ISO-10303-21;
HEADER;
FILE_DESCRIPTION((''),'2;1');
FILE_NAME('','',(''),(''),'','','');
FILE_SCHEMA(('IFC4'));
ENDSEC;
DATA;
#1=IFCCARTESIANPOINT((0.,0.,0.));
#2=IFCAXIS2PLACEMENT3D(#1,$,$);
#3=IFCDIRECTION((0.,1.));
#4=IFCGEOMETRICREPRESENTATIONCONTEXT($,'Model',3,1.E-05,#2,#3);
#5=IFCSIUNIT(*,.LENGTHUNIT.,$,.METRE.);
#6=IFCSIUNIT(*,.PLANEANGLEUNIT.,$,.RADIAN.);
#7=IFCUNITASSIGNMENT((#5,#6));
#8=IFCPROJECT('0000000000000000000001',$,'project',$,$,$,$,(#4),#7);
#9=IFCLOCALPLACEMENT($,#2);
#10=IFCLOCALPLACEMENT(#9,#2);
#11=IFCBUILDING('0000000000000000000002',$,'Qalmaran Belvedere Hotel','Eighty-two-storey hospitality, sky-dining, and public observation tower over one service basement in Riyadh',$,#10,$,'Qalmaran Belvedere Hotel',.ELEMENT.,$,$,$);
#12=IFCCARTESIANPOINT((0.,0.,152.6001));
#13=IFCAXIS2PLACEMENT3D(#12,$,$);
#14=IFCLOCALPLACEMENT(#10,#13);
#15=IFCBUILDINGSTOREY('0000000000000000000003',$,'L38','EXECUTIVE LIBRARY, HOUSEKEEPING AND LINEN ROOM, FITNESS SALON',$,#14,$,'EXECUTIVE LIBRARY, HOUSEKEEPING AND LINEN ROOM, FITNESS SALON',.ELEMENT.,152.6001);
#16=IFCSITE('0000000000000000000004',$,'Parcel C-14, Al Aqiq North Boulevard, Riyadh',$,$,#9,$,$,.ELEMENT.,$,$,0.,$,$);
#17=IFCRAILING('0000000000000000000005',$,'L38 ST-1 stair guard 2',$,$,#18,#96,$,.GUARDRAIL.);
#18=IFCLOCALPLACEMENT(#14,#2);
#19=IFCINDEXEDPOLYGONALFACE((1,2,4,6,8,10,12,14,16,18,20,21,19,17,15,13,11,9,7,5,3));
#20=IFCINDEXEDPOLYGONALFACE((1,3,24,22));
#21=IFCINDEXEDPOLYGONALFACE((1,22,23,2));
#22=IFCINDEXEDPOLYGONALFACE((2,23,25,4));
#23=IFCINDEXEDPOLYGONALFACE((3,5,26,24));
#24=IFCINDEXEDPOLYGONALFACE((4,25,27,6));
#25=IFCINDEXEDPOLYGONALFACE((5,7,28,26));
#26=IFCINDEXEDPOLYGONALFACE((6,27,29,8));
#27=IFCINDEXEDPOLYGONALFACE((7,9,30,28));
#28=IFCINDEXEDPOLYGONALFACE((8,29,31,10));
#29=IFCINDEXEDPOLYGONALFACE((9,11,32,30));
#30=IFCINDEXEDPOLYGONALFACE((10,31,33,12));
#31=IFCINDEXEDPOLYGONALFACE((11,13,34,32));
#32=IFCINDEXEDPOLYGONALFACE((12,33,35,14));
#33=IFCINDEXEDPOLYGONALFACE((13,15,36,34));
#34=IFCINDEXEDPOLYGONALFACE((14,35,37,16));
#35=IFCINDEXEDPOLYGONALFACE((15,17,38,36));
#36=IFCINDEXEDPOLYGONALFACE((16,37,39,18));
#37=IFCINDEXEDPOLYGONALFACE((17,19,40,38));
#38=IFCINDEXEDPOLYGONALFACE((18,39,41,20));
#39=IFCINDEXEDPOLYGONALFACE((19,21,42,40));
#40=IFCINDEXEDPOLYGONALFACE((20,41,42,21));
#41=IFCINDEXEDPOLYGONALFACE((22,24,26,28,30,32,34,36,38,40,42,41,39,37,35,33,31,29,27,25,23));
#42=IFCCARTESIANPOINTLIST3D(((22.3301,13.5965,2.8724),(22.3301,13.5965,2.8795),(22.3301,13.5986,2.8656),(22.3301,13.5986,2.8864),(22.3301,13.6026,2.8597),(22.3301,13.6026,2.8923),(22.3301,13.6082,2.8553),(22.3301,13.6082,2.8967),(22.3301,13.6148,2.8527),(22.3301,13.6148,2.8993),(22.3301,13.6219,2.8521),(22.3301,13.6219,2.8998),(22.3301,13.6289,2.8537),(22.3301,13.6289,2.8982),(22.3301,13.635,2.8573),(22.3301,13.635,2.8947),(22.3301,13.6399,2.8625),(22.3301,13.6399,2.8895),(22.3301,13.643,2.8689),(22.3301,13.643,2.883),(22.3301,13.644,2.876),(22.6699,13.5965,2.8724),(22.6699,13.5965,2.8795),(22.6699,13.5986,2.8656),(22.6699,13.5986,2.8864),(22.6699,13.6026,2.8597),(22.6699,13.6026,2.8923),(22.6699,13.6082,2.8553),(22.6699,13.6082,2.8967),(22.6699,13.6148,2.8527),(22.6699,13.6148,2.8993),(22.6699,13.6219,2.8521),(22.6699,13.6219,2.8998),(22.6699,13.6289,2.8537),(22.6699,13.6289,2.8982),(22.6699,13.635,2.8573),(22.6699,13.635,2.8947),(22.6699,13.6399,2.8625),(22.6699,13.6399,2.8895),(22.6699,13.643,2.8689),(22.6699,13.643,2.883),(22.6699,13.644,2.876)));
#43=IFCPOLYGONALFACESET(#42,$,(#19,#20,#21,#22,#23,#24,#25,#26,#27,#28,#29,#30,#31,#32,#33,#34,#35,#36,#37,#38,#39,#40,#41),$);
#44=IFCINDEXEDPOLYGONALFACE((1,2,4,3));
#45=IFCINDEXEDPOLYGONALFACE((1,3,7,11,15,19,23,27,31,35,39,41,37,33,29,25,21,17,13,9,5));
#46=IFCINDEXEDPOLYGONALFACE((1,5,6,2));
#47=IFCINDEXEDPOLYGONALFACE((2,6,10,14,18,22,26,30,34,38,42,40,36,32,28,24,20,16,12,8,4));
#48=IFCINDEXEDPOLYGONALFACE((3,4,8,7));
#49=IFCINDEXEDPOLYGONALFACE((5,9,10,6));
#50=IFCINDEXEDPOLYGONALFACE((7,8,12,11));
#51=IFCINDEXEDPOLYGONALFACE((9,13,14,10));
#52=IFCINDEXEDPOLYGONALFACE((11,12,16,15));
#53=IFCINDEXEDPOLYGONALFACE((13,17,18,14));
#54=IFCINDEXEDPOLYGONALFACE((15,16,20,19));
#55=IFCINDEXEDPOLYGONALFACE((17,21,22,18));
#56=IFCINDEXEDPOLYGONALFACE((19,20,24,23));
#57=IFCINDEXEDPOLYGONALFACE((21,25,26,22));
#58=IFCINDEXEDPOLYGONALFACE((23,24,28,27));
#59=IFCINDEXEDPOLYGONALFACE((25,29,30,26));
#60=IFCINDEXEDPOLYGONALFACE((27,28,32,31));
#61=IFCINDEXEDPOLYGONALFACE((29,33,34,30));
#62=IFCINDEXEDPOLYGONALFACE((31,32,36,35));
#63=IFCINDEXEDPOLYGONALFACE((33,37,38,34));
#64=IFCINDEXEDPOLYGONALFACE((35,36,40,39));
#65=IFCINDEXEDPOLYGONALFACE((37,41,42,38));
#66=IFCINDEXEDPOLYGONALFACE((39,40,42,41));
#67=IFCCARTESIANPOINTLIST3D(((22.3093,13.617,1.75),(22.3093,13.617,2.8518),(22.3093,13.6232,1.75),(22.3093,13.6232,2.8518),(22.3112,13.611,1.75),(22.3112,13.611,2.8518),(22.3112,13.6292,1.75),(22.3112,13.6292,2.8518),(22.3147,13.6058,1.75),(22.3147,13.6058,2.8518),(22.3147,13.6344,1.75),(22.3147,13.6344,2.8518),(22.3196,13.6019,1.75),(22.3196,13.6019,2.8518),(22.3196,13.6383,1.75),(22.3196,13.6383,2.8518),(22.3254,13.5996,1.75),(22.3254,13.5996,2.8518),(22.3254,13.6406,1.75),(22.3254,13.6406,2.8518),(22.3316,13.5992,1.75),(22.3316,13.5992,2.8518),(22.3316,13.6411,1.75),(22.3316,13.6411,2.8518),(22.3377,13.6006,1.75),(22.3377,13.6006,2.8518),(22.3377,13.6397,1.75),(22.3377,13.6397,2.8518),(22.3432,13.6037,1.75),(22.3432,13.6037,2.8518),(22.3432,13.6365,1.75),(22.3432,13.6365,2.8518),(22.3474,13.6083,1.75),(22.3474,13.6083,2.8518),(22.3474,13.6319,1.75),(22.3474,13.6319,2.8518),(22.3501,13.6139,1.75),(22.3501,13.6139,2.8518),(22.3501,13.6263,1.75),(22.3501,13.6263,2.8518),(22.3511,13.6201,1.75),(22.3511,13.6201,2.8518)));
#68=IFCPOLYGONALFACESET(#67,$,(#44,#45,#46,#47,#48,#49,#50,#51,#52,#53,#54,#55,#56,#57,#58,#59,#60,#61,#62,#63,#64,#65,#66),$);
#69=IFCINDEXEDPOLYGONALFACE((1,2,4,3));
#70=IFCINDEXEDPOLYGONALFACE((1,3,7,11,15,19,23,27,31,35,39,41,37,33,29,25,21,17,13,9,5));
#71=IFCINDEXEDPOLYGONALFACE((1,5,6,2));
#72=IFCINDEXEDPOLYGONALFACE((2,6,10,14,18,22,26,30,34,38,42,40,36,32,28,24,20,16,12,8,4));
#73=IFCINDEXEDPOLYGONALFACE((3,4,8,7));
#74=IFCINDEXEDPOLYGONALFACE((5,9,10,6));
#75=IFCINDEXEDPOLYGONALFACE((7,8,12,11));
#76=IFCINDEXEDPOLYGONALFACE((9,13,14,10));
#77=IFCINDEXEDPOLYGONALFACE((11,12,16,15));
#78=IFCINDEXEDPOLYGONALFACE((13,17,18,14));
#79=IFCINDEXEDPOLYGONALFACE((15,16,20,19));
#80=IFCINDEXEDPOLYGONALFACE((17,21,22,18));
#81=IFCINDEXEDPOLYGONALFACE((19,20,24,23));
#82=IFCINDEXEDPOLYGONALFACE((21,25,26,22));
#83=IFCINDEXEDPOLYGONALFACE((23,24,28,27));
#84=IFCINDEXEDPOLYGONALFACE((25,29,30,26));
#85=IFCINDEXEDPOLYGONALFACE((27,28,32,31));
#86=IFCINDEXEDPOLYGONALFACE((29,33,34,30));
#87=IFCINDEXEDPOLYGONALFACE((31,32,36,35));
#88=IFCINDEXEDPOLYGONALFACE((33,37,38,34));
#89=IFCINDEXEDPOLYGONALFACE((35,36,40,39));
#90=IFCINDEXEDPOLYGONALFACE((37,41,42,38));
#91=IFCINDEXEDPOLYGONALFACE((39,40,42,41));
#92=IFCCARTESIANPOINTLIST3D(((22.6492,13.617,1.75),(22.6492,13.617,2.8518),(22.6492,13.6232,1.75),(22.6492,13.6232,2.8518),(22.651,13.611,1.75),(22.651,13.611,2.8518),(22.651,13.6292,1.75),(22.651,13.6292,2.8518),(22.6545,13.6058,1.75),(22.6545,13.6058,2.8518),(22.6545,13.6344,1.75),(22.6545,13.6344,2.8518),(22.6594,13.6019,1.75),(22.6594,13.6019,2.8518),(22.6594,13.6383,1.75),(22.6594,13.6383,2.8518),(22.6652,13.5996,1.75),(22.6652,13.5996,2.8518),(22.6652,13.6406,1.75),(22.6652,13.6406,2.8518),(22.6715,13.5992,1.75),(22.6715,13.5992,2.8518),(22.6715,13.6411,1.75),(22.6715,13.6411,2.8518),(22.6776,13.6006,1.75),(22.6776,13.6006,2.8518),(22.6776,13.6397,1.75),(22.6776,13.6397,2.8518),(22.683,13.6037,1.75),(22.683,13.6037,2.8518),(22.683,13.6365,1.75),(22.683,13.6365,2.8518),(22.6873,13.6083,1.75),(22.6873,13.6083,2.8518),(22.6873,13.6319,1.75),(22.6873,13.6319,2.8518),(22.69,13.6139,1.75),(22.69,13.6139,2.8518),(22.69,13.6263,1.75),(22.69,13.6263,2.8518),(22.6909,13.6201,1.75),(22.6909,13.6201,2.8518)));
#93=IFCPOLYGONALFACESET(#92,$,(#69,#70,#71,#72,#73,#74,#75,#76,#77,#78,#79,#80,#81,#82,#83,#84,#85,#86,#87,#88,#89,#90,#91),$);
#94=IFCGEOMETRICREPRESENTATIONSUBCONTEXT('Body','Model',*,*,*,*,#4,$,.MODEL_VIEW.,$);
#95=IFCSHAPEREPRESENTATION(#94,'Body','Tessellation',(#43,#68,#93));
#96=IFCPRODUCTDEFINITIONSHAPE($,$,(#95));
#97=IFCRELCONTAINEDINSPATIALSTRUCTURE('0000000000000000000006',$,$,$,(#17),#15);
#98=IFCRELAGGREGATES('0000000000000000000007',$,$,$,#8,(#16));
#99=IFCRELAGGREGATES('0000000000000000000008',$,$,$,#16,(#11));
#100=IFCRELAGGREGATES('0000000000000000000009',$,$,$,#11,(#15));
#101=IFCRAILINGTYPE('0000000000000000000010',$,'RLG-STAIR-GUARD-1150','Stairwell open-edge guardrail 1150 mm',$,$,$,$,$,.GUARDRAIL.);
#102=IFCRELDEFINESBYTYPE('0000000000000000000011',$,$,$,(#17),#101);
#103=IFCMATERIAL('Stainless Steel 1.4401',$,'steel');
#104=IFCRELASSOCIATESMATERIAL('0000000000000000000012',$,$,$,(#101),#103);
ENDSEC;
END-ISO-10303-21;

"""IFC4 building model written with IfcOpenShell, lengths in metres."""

from ifc_helpers import new_model, si_unit, direction, frame, origin, origin_2d, place, context, subcontext, project, spatial, circle, extrude, material, type_object, element, save


model = new_model("IFC4")

# Units and contexts
model_context = context("Model", 3, precision=1e-05, world=origin(), true_north=direction((0.0, 1.0)))
body_context = subcontext(model_context, "Body", "Model", "MODEL_VIEW")
ifc_project = project(units=[si_unit("LENGTHUNIT", "METRE"), si_unit("PLANEANGLEUNIT", "RADIAN")], contexts=[model_context])

# Site, building, storey
site_placement = place(None, origin())
site = spatial("IfcSite", under=ifc_project, at=site_placement, Name="Parcel C-14, Al Aqiq North Boulevard, Riyadh", CompositionType="ELEMENT", RefElevation=0.0)
building_placement = place(site_placement, origin())
building = spatial("IfcBuilding", under=site, at=building_placement, Name="Qalmaran Belvedere Hotel", Description="Eighty-two-storey hospitality, sky-dining, and public observation tower over one service basement in Riyadh", LongName="Qalmaran Belvedere Hotel", CompositionType="ELEMENT")
storey_placement = place(building_placement, frame((0.0, 0.0, 152.6001)))
storey = spatial("IfcBuildingStorey", under=building, at=storey_placement, Name="L38", Description="EXECUTIVE LIBRARY, HOUSEKEEPING AND LINEN ROOM, FITNESS SALON", LongName="EXECUTIVE LIBRARY, HOUSEKEEPING AND LINEN ROOM, FITNESS SALON", CompositionType="ELEMENT", Elevation=152.6001)

# Shared definitions
ifc_material_1 = material(Name="Stainless Steel 1.4401", Category="steel")

# Railing
railing_type_1 = type_object("IfcRailingType", Name="RLG-STAIR-GUARD-1150", Description="Stairwell open-edge guardrail 1150 mm", PredefinedType="GUARDRAIL", material=ifc_material_1)
railing_1_placement = place(storey_placement, frame((22.3301, 13.6201, 1.75)))
element("IfcRailing", 1, at=railing_1_placement, inside=storey, type_object=railing_type_1, Name="L38 ST-1 stair guard 2", PredefinedType="GUARDRAIL", context=body_context, shape_type="SweptSolid", body=[
    extrude(circle(Radius=0.0239, at=origin_2d()), frame((0.0, 0.0, 1.126), z_axis=(1.0, 0.0, 0.0), x_axis=(0.0, 1.0, 0.0)), (0.0, 0.0, 1.0), 0.3398),
    extrude(circle(Radius=0.021, at=origin_2d()), origin(), (0.0, 0.0, 1.0), 1.1018),
    extrude(circle(Radius=0.021, at=origin_2d()), frame((0.3398, 0.0, 0.0)), (0.0, 0.0, 1.0), 1.1018),
])

save(model, "model.ifc")
